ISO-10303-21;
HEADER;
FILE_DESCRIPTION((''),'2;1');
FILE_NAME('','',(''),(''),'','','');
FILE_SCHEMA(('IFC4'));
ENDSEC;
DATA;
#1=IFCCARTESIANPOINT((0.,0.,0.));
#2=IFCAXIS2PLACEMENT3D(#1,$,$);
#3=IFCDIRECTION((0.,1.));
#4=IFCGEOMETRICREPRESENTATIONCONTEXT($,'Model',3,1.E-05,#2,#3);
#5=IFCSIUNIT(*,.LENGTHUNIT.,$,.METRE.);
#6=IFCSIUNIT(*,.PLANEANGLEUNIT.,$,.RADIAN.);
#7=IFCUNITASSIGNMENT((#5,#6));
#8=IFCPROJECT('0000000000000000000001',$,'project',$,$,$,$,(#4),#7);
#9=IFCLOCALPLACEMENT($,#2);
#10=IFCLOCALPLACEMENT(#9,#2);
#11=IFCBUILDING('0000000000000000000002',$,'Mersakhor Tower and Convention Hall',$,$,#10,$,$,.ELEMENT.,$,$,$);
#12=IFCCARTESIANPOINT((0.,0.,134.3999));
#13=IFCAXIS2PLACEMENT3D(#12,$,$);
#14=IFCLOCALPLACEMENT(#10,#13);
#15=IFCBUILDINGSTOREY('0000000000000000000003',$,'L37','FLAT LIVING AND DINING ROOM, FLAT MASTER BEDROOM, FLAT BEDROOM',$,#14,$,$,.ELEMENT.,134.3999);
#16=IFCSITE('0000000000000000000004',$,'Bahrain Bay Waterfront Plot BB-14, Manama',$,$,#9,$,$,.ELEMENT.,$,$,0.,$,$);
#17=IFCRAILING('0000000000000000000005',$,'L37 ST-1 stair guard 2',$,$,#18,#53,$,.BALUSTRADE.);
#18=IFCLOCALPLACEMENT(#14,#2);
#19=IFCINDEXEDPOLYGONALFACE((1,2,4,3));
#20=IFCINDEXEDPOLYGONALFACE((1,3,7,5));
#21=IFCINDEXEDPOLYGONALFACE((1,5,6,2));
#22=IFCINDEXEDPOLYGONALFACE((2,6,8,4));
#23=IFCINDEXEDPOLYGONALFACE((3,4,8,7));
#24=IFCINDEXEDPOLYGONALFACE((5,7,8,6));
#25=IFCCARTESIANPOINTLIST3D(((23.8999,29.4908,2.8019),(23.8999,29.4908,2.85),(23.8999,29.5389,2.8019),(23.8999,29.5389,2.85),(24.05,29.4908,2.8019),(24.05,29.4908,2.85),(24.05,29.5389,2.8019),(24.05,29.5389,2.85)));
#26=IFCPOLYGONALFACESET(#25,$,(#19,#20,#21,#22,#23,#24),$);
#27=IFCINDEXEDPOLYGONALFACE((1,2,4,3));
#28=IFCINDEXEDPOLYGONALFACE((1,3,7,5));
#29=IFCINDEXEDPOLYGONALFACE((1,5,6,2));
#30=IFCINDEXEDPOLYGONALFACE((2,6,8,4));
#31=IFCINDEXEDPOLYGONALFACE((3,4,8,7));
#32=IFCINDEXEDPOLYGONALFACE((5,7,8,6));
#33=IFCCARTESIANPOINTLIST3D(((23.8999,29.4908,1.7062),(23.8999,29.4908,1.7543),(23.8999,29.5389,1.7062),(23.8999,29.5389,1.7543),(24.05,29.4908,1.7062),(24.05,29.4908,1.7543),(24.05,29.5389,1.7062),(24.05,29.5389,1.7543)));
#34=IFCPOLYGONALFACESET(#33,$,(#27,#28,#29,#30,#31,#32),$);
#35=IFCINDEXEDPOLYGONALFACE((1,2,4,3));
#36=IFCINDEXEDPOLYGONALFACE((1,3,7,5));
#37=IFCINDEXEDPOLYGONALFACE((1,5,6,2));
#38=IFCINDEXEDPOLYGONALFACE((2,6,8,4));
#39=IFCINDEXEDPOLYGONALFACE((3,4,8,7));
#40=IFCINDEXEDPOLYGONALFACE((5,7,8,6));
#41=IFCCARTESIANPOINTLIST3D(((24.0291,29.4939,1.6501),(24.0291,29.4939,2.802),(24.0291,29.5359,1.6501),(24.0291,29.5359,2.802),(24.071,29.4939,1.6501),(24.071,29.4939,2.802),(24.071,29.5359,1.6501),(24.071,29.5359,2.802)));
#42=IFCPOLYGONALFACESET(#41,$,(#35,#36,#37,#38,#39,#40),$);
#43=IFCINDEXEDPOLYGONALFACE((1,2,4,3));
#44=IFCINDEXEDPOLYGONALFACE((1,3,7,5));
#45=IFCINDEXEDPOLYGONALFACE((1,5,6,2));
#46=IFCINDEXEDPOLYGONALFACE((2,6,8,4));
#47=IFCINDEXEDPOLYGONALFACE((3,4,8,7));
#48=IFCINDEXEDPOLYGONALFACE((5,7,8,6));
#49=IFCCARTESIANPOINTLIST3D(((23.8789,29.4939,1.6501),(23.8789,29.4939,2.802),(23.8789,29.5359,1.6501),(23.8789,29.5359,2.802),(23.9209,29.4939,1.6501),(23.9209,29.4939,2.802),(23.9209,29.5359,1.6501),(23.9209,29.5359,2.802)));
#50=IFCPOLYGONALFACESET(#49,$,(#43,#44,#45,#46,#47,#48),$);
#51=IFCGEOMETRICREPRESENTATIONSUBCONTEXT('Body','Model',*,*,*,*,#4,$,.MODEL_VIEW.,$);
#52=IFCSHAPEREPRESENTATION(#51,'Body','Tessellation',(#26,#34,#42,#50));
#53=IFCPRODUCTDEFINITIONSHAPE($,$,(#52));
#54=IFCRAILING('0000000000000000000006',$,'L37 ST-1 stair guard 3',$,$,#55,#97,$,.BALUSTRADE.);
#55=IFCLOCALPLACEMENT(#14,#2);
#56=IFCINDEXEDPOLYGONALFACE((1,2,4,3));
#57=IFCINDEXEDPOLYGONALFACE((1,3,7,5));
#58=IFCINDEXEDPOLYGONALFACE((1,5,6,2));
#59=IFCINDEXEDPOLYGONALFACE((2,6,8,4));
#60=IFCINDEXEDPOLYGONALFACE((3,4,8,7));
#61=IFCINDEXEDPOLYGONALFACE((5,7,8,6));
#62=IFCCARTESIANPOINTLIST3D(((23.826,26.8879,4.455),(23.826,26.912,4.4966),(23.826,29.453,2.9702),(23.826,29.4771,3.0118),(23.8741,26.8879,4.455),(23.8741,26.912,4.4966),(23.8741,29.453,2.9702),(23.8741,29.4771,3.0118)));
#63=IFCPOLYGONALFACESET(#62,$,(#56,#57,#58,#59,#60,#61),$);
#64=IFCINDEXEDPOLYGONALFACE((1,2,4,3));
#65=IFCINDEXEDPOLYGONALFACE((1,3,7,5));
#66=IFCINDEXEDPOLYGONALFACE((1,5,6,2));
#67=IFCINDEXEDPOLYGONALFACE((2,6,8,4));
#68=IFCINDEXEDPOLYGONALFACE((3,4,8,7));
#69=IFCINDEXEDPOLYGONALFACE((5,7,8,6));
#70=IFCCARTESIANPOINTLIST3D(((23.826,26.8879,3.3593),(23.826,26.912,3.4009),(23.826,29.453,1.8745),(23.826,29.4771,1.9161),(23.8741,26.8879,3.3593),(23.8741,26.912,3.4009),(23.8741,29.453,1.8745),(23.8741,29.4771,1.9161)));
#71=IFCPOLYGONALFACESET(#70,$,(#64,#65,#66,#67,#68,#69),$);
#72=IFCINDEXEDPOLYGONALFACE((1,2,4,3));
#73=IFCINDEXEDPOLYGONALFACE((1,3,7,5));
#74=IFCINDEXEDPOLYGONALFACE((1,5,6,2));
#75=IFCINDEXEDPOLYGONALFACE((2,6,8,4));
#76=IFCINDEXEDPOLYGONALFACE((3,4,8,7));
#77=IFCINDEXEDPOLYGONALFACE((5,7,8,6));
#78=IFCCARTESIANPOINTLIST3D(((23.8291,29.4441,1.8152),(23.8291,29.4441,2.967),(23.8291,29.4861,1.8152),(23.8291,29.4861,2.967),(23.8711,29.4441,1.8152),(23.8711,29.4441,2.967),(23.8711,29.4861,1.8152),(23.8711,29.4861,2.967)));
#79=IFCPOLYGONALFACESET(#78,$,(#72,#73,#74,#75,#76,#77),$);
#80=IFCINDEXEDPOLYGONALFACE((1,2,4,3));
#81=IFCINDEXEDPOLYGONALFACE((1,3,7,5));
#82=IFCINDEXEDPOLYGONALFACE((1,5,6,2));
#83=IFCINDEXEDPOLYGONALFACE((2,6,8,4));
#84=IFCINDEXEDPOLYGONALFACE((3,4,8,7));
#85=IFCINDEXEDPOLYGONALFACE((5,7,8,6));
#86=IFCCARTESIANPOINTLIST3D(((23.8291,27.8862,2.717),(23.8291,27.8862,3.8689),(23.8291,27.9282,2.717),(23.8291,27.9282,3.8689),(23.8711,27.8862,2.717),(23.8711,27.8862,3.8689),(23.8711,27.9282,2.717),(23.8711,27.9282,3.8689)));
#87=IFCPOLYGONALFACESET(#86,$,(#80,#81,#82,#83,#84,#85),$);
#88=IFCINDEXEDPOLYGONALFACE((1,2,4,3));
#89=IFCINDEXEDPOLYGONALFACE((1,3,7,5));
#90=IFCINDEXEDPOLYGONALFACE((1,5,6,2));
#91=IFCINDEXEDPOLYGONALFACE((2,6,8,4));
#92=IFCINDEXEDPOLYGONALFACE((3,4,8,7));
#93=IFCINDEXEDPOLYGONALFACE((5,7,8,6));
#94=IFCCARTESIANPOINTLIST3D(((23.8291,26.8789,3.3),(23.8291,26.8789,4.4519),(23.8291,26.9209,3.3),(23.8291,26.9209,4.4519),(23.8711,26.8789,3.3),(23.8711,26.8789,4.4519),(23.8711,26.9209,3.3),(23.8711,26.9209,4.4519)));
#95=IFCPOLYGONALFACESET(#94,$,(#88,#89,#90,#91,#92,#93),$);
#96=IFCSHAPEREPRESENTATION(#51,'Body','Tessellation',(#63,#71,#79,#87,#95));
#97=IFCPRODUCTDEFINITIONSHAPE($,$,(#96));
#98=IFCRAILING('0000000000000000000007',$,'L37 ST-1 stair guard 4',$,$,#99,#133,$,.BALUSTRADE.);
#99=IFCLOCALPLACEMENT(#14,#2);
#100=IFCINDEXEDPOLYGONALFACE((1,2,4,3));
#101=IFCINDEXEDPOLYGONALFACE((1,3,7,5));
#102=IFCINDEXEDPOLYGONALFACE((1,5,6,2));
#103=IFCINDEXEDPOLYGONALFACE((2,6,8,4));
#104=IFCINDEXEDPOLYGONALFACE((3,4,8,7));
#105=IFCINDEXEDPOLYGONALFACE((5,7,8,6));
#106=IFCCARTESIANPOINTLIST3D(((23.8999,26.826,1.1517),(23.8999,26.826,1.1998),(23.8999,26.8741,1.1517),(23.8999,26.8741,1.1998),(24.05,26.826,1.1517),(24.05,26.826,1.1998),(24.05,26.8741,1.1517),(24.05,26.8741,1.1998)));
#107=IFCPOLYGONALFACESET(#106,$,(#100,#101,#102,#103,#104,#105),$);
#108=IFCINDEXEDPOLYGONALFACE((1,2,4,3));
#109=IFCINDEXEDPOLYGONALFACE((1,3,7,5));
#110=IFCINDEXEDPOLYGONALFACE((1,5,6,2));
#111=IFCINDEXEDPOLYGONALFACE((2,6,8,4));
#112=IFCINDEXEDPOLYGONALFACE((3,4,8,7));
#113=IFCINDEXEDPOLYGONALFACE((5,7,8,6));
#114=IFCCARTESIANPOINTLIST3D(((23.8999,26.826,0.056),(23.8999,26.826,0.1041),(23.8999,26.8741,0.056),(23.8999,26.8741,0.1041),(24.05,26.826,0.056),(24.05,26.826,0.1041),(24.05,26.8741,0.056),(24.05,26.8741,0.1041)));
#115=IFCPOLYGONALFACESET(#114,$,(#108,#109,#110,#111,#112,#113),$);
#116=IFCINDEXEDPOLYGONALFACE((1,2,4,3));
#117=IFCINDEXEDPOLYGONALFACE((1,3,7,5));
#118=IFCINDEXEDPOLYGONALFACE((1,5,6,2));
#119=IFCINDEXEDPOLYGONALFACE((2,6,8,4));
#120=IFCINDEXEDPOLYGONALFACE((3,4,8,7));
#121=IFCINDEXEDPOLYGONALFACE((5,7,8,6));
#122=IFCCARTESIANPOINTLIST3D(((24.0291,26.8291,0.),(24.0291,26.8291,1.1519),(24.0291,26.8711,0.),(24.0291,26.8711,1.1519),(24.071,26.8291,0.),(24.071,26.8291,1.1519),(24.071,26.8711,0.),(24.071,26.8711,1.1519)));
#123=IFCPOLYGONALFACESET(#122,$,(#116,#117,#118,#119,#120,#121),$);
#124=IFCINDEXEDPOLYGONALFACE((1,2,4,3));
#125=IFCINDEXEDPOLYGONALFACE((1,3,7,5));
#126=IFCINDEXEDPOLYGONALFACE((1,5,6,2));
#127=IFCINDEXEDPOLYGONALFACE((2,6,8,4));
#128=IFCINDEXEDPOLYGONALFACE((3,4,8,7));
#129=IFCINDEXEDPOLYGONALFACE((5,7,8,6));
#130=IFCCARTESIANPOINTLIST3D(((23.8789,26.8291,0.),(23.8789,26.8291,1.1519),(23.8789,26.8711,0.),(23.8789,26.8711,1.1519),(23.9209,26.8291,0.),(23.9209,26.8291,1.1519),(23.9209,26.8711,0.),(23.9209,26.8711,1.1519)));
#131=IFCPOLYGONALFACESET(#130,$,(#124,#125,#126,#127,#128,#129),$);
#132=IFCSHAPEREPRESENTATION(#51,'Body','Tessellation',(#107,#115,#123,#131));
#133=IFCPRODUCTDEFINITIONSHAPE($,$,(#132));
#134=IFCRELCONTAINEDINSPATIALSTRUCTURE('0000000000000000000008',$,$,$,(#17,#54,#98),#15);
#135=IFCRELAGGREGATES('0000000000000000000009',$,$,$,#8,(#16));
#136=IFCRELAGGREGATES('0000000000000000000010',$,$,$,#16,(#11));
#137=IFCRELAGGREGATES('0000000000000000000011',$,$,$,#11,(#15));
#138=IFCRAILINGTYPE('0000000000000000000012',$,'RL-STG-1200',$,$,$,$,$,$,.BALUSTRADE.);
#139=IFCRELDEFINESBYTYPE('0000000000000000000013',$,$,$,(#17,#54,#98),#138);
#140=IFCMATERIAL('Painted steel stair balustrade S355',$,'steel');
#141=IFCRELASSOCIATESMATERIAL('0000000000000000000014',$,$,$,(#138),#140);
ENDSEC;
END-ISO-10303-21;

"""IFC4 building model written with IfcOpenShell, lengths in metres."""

from ifc_helpers import new_model, si_unit, direction, frame, origin, origin_2d, place, context, subcontext, project, spatial, rectangle, extrude, material, type_object, element, save


model = new_model("IFC4")

# Units and contexts
model_context = context("Model", 3, precision=1e-05, world=origin(), true_north=direction((0.0, 1.0)))
body_context = subcontext(model_context, "Body", "Model", "MODEL_VIEW")
ifc_project = project(units=[si_unit("LENGTHUNIT", "METRE"), si_unit("PLANEANGLEUNIT", "RADIAN")], contexts=[model_context])

# Site, building, storey
site_placement = place(None, origin())
site = spatial("IfcSite", under=ifc_project, at=site_placement, Name="Bahrain Bay Waterfront Plot BB-14, Manama", CompositionType="ELEMENT", RefElevation=0.0)
building_placement = place(site_placement, origin())
building = spatial("IfcBuilding", under=site, at=building_placement, Name="Mersakhor Tower and Convention Hall", CompositionType="ELEMENT")
storey_placement = place(building_placement, frame((0.0, 0.0, 134.3999)))
storey = spatial("IfcBuildingStorey", under=building, at=storey_placement, Name="L37", Description="FLAT LIVING AND DINING ROOM, FLAT MASTER BEDROOM, FLAT BEDROOM", CompositionType="ELEMENT", Elevation=134.3999)

# Railings
ifc_material_1 = material(Name="Painted steel stair balustrade S355", Category="steel")
railing_type_1 = type_object("IfcRailingType", Name="RL-STG-1200", PredefinedType="BALUSTRADE", material=ifc_material_1)
railing_1_placement = place(storey_placement, frame((24.05, 29.5149, 1.6501)))
element("IfcRailing", 1, at=railing_1_placement, inside=storey, type_object=railing_type_1, Name="L37 ST-1 stair guard 2", PredefinedType="BALUSTRADE", context=body_context, shape_type="SweptSolid", body=[
    extrude(rectangle(XDim=0.0481, YDim=0.0481, at=origin_2d()), frame((0.0, 0.0, 1.1758), z_axis=(-1.0, 0.0, 0.0), x_axis=(0.0, -1.0, 0.0)), (0.0, 0.0, 1.0), 0.1501),
    extrude(rectangle(XDim=0.0481, YDim=0.0481, at=origin_2d()), frame((0.0, 0.0, 0.0801), z_axis=(-1.0, 0.0, 0.0), x_axis=(0.0, -1.0, 0.0)), (0.0, 0.0, 1.0), 0.1501),
    extrude(rectangle(XDim=0.042, YDim=0.042, at=origin_2d()), origin(), (0.0, 0.0, 1.0), 1.1519),
    extrude(rectangle(XDim=0.042, YDim=0.042, at=origin_2d()), frame((-0.1501, 0.0, 0.0)), (0.0, 0.0, 1.0), 1.1519),
])
railing_2_placement = place(storey_placement, frame((23.8501, 29.4651, 1.8152)))
element("IfcRailing", 2, at=railing_2_placement, inside=storey, type_object=railing_type_1, Name="L37 ST-1 stair guard 3", PredefinedType="BALUSTRADE", context=body_context, shape_type="SweptSolid", body=[
    extrude(rectangle(XDim=0.0481, YDim=0.0481, at=origin_2d()), frame((0.0, 0.0, 1.1758), z_axis=(0.0, -0.865462, 0.500975), x_axis=(1.0, 0.0, 0.0)), (0.0, 0.0, 1.0), 2.9639),
    extrude(rectangle(XDim=0.0481, YDim=0.0481, at=origin_2d()), frame((0.0, 0.0, 0.0801), z_axis=(0.0, -0.865462, 0.500975), x_axis=(1.0, 0.0, 0.0)), (0.0, 0.0, 1.0), 2.9639),
    extrude(rectangle(XDim=0.042, YDim=0.042, at=origin_2d()), origin(), (0.0, 0.0, 1.0), 1.1519),
    extrude(rectangle(XDim=0.042, YDim=0.042, at=origin_2d()), frame((0.0, -1.5579, 0.9019)), (0.0, 0.0, 1.0), 1.1519),
    extrude(rectangle(XDim=0.042, YDim=0.042, at=origin_2d()), frame((0.0, -2.5652, 1.4849)), (0.0, 0.0, 1.0), 1.1519),
])
railing_3_placement = place(storey_placement, frame((24.05, 26.8501, 0.0)))
element("IfcRailing", 3, at=railing_3_placement, inside=storey, type_object=railing_type_1, Name="L37 ST-1 stair guard 4", PredefinedType="BALUSTRADE", context=body_context, shape_type="SweptSolid", body=[
    extrude(rectangle(XDim=0.0481, YDim=0.0481, at=origin_2d()), frame((0.0, 0.0, 1.1758), z_axis=(-1.0, 0.0, 0.0), x_axis=(0.0, -1.0, 0.0)), (0.0, 0.0, 1.0), 0.1501),
    extrude(rectangle(XDim=0.0481, YDim=0.0481, at=origin_2d()), frame((0.0, 0.0, 0.0801), z_axis=(-1.0, 0.0, 0.0), x_axis=(0.0, -1.0, 0.0)), (0.0, 0.0, 1.0), 0.1501),
    extrude(rectangle(XDim=0.042, YDim=0.042, at=origin_2d()), origin(), (0.0, 0.0, 1.0), 1.1519),
    extrude(rectangle(XDim=0.042, YDim=0.042, at=origin_2d()), frame((-0.1501, 0.0, 0.0)), (0.0, 0.0, 1.0), 1.1519),
])

save(model, "model.ifc")
